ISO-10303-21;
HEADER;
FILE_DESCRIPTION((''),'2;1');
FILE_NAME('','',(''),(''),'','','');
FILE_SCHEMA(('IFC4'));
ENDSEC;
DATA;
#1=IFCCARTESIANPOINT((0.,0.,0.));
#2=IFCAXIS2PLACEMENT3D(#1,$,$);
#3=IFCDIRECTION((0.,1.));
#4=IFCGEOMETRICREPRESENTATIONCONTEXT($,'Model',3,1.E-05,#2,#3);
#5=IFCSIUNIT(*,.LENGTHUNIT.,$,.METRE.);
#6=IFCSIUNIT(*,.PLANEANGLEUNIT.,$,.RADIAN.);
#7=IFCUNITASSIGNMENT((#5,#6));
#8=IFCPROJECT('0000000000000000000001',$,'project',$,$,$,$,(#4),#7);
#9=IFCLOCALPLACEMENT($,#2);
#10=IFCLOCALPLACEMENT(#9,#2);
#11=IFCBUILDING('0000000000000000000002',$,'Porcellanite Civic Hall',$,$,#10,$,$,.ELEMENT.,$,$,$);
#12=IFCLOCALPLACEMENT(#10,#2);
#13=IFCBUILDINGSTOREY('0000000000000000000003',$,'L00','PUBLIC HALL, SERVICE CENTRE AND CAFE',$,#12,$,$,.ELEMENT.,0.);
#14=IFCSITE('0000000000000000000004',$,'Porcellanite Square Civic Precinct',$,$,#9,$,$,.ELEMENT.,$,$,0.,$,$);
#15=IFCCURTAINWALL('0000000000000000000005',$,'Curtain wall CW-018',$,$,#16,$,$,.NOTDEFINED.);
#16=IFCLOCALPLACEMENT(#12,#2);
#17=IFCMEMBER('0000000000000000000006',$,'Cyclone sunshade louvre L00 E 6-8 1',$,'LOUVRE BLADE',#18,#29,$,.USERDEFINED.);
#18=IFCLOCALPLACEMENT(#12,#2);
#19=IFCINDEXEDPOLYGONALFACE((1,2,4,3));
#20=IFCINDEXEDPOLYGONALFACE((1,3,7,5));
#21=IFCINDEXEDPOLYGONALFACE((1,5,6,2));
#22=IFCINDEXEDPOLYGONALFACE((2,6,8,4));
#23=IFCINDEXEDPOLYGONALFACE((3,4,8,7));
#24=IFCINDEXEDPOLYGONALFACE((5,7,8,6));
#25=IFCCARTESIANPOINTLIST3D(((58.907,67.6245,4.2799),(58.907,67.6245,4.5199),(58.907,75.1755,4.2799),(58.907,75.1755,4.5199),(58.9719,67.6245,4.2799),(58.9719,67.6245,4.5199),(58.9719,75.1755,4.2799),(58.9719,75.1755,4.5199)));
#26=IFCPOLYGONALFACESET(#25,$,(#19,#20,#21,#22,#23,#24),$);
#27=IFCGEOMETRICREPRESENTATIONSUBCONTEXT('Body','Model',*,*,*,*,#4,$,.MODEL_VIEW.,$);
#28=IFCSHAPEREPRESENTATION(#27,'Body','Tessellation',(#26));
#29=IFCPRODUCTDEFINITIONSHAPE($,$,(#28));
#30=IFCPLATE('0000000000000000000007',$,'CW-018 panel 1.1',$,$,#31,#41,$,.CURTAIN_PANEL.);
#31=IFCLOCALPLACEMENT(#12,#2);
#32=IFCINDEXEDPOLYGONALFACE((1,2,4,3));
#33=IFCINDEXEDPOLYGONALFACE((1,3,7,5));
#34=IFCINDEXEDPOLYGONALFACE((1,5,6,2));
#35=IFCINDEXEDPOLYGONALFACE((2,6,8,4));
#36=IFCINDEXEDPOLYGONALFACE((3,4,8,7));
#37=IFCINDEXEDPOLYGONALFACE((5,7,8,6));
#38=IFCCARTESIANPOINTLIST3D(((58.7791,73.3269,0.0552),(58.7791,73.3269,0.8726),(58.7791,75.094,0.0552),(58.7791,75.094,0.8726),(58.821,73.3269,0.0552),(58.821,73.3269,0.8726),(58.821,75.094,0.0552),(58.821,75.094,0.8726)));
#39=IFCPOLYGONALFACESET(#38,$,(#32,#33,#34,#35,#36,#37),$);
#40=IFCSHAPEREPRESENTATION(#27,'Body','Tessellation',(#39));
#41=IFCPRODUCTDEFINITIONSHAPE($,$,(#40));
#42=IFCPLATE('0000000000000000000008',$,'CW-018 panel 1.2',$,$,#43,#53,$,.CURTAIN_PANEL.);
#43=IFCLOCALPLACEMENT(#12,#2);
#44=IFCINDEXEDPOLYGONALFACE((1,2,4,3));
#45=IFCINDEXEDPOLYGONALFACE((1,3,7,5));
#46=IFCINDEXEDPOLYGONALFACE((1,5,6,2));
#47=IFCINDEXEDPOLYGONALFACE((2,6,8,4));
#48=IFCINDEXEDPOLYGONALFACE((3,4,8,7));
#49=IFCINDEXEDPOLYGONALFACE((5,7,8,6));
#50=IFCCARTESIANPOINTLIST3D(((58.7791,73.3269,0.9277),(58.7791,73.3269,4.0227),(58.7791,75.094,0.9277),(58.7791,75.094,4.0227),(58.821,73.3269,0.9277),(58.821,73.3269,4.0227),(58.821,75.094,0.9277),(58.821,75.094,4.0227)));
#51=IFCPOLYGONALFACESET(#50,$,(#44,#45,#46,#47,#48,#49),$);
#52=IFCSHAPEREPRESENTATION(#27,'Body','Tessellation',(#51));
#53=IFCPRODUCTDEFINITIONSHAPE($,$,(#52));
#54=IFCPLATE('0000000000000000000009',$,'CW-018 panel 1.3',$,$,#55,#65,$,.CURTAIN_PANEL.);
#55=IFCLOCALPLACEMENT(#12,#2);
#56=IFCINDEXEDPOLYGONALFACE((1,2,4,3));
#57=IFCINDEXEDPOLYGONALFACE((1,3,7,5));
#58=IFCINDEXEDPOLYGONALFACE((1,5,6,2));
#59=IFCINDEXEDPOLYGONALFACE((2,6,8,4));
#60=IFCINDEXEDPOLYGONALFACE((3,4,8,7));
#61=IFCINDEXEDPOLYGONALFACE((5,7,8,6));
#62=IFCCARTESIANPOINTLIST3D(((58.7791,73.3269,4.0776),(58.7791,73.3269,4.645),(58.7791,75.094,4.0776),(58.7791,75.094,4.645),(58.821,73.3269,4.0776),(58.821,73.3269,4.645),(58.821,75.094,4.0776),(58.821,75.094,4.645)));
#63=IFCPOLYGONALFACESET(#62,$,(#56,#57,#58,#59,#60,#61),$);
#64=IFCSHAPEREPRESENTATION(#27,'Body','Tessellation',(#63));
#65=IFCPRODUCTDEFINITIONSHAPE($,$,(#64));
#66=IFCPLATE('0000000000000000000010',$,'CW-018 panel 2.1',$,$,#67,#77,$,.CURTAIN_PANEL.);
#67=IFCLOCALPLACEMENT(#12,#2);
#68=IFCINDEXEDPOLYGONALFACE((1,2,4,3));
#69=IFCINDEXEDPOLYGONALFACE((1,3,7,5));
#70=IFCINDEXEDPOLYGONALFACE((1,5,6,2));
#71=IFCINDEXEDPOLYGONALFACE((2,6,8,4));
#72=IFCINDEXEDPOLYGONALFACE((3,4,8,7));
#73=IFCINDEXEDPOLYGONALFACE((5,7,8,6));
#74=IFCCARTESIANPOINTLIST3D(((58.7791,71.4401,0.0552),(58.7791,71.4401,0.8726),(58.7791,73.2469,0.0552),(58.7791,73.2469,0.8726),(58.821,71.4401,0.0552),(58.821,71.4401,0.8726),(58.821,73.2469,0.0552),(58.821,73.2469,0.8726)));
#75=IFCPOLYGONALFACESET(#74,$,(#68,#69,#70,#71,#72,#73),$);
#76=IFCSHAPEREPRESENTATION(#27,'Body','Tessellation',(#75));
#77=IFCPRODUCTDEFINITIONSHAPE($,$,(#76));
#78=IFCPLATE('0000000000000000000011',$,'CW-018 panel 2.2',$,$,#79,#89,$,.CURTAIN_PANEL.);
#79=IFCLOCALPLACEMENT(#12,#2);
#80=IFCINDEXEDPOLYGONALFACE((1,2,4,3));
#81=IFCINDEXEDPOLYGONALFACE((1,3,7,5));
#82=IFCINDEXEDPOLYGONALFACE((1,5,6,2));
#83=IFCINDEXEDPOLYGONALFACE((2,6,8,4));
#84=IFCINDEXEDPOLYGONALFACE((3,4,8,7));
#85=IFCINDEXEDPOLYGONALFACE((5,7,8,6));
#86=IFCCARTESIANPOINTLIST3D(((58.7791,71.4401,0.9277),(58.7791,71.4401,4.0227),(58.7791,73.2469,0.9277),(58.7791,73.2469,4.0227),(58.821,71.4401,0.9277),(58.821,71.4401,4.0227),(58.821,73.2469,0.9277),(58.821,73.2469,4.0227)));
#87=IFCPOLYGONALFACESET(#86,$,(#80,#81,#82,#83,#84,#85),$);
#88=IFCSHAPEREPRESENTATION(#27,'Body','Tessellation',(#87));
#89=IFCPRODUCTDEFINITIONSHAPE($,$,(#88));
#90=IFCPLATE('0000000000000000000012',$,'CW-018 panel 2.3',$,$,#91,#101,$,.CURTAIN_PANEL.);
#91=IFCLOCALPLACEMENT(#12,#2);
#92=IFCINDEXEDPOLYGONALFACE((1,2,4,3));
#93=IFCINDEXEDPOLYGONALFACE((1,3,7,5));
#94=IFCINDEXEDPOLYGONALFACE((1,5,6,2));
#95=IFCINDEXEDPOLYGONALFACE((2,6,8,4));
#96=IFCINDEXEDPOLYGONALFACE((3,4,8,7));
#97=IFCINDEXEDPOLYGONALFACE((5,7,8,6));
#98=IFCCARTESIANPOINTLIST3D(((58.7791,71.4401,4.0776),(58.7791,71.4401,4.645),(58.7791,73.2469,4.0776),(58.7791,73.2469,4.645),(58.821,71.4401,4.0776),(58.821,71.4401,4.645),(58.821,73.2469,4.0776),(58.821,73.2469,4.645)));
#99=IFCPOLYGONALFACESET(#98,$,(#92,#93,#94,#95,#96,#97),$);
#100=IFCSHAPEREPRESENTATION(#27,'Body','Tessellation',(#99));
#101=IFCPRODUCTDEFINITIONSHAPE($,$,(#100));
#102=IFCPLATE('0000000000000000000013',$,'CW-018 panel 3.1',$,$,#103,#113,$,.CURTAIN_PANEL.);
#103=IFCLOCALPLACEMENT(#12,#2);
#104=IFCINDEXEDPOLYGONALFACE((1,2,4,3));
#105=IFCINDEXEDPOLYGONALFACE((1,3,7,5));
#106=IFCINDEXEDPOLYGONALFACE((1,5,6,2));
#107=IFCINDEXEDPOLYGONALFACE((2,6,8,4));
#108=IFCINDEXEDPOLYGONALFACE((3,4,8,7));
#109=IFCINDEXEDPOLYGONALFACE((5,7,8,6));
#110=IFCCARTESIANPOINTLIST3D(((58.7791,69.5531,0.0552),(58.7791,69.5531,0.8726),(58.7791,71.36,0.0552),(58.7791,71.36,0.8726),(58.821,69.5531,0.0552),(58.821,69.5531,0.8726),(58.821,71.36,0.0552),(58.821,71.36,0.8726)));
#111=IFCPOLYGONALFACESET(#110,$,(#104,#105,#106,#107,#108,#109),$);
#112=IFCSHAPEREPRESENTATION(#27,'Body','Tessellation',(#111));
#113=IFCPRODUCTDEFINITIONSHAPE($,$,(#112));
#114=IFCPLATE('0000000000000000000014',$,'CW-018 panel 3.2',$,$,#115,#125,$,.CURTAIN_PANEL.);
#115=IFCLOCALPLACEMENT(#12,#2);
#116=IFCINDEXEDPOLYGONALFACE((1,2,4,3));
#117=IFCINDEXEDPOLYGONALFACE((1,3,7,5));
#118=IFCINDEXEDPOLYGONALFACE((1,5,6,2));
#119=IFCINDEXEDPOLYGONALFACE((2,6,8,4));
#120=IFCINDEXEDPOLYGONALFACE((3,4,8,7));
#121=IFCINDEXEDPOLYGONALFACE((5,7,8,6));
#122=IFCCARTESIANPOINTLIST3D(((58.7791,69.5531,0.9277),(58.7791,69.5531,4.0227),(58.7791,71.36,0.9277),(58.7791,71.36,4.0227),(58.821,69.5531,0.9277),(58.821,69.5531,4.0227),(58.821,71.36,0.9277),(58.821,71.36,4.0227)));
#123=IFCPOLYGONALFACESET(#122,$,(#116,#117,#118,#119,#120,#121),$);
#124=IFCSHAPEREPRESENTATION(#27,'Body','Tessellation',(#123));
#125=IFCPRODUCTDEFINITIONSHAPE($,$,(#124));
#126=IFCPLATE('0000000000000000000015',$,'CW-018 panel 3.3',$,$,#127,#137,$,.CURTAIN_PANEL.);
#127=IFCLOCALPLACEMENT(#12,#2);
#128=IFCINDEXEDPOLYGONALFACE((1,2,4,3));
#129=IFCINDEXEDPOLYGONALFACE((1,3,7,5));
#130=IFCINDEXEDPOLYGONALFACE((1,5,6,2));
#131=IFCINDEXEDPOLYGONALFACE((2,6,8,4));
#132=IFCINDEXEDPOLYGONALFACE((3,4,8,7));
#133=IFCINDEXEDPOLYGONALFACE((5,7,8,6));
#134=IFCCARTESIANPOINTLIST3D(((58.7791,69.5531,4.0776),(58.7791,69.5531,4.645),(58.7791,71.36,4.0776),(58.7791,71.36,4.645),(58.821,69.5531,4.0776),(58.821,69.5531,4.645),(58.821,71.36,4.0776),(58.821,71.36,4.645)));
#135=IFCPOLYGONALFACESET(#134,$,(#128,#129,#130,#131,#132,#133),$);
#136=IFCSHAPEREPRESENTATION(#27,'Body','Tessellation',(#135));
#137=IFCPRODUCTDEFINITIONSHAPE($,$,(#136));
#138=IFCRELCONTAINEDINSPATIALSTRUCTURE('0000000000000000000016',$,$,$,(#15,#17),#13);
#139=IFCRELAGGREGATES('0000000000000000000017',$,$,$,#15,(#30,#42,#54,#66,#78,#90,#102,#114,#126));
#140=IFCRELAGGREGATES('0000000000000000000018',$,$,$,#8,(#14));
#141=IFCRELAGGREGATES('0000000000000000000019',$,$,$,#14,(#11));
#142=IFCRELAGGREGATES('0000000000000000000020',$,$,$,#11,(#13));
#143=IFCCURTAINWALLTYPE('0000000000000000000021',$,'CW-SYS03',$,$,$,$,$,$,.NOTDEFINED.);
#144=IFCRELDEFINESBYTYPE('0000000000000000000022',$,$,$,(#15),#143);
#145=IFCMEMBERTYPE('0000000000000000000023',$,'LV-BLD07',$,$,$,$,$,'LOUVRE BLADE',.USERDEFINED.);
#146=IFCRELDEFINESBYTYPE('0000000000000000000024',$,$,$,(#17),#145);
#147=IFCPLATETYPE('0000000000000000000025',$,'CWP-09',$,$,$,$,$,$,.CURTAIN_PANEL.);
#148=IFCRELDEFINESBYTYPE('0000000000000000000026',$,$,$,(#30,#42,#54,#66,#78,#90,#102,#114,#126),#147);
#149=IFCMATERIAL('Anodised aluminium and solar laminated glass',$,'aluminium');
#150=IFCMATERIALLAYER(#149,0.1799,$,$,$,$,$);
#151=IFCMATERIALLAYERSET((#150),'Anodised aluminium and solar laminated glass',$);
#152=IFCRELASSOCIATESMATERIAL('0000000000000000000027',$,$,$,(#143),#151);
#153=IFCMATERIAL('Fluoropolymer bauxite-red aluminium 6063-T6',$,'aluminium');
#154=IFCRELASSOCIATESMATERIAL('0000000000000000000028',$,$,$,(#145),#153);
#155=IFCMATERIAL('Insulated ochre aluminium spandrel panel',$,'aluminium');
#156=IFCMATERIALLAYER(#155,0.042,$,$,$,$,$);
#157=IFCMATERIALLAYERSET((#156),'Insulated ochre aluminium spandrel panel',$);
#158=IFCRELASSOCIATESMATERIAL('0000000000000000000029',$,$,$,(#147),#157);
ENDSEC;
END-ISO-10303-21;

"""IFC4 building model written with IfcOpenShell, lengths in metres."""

from ifc_helpers import new_model, si_unit, direction, frame, origin, origin_2d, place, context, subcontext, project, spatial, rectangle, extrude, material, layer, layer_set, material_profile, profile_set, type_object, element, aggregate, save


model = new_model("IFC4")

# Units and contexts
model_context = context("Model", 3, precision=1e-05, world=origin(), true_north=direction((0.0, 1.0)))
body_context = subcontext(model_context, "Body", "Model", "MODEL_VIEW")
ifc_project = project(units=[si_unit("LENGTHUNIT", "METRE"), si_unit("PLANEANGLEUNIT", "RADIAN")], contexts=[model_context])

# Site, building, storey
site_placement = place(None, origin())
site = spatial("IfcSite", under=ifc_project, at=site_placement, Name="Porcellanite Square Civic Precinct", CompositionType="ELEMENT", RefElevation=0.0)
building_placement = place(site_placement, origin())
building = spatial("IfcBuilding", under=site, at=building_placement, Name="Porcellanite Civic Hall", CompositionType="ELEMENT")
storey_placement = place(building_placement, origin())
storey = spatial("IfcBuildingStorey", under=building, at=storey_placement, Name="L00", Description="PUBLIC HALL, SERVICE CENTRE AND CAFE", CompositionType="ELEMENT", Elevation=0.0)

# Curtain wall
ifc_material_1 = material(Name="Anodised aluminium and solar laminated glass", Category="aluminium")
ifc_layer_1 = layer(ifc_material_1, 0.1799)
ifc_layer_set_1 = layer_set([ifc_layer_1], Name="Anodised aluminium and solar laminated glass")
curtain_wall_type = type_object("IfcCurtainWallType", Name="CW-SYS03", PredefinedType="NOTDEFINED", material=ifc_layer_set_1)
curtain_wall_placement = place(storey_placement, origin())
curtain_wall = element("IfcCurtainWall", 1, at=curtain_wall_placement, inside=storey, type_object=curtain_wall_type, Name="Curtain wall CW-018", PredefinedType="NOTDEFINED")

# Member
ifc_material_2 = material(Name="Fluoropolymer bauxite-red aluminium 6063-T6", Category="aluminium")
ifc_material_profile_1 = material_profile(ifc_material_2, rectangle(XDim=0.0649, YDim=0.24, at=origin_2d()), Name="AL-65x240")
ifc_profile_set_1 = profile_set([ifc_material_profile_1], Name="Fluoropolymer bauxite-red aluminium 6063-T6")
member_type_1 = type_object("IfcMemberType", Name="LV-BLD07", ElementType="LOUVRE BLADE", PredefinedType="USERDEFINED", material=ifc_profile_set_1)
member_1_placement = place(storey_placement, frame((58.9395, 75.1755, 4.3999), z_axis=(0.0, -1.0, 0.0), x_axis=(1.0, 0.0, 0.0)))
element("IfcMember", 2, at=member_1_placement, inside=storey, type_object=member_type_1, Name="Cyclone sunshade louvre L00 E 6-8 1", ObjectType="LOUVRE BLADE", PredefinedType="USERDEFINED", context=body_context, shape_type="SweptSolid", body=[
    extrude(rectangle(XDim=0.0649, YDim=0.24, at=origin_2d()), origin(), (0.0, 0.0, 1.0), 7.551),
])

# Plates
ifc_material_3 = material(Name="Insulated ochre aluminium spandrel panel", Category="aluminium")
ifc_layer_2 = layer(ifc_material_3, 0.042)
ifc_layer_set_2 = layer_set([ifc_layer_2], Name="Insulated ochre aluminium spandrel panel")
plate_type = type_object("IfcPlateType", Name="CWP-09", PredefinedType="CURTAIN_PANEL", material=ifc_layer_set_2)
plate_1_placement = place(storey_placement, frame((58.8, 74.2104, 0.0552), z_axis=(0.0, 0.0, 1.0), x_axis=(0.0, -1.0, 0.0)))
plate_1 = element("IfcPlate", 3, at=plate_1_placement, type_object=plate_type, Name="CW-018 panel 1.1", PredefinedType="CURTAIN_PANEL", context=body_context, shape_type="SweptSolid", body=[
    extrude(rectangle(XDim=1.7671, YDim=0.042, at=origin_2d()), origin(), (0.0, 0.0, 1.0), 0.8174),
])
plate_2_placement = place(storey_placement, frame((58.8, 74.2104, 0.9277), z_axis=(0.0, 0.0, 1.0), x_axis=(0.0, -1.0, 0.0)))
plate_2 = element("IfcPlate", 4, at=plate_2_placement, type_object=plate_type, Name="CW-018 panel 1.2", PredefinedType="CURTAIN_PANEL", context=body_context, shape_type="SweptSolid", body=[
    extrude(rectangle(XDim=1.7671, YDim=0.042, at=origin_2d()), origin(), (0.0, 0.0, 1.0), 3.095),
])
plate_3_placement = place(storey_placement, frame((58.8, 74.2104, 4.0776), z_axis=(0.0, 0.0, 1.0), x_axis=(0.0, -1.0, 0.0)))
plate_3 = element("IfcPlate", 5, at=plate_3_placement, type_object=plate_type, Name="CW-018 panel 1.3", PredefinedType="CURTAIN_PANEL", context=body_context, shape_type="SweptSolid", body=[
    extrude(rectangle(XDim=1.7671, YDim=0.042, at=origin_2d()), origin(), (0.0, 0.0, 1.0), 0.5674),
])
plate_4_placement = place(storey_placement, frame((58.8, 72.3435, 0.0552), z_axis=(0.0, 0.0, 1.0), x_axis=(0.0, -1.0, 0.0)))
plate_4 = element("IfcPlate", 6, at=plate_4_placement, type_object=plate_type, Name="CW-018 panel 2.1", PredefinedType="CURTAIN_PANEL", context=body_context, shape_type="SweptSolid", body=[
    extrude(rectangle(XDim=1.8069, YDim=0.042, at=origin_2d()), origin(), (0.0, 0.0, 1.0), 0.8174),
])
plate_5_placement = place(storey_placement, frame((58.8, 72.3435, 0.9277), z_axis=(0.0, 0.0, 1.0), x_axis=(0.0, -1.0, 0.0)))
plate_5 = element("IfcPlate", 7, at=plate_5_placement, type_object=plate_type, Name="CW-018 panel 2.2", PredefinedType="CURTAIN_PANEL", context=body_context, shape_type="SweptSolid", body=[
    extrude(rectangle(XDim=1.8069, YDim=0.042, at=origin_2d()), origin(), (0.0, 0.0, 1.0), 3.095),
])
plate_6_placement = place(storey_placement, frame((58.8, 72.3435, 4.0776), z_axis=(0.0, 0.0, 1.0), x_axis=(0.0, -1.0, 0.0)))
plate_6 = element("IfcPlate", 8, at=plate_6_placement, type_object=plate_type, Name="CW-018 panel 2.3", PredefinedType="CURTAIN_PANEL", context=body_context, shape_type="SweptSolid", body=[
    extrude(rectangle(XDim=1.8069, YDim=0.042, at=origin_2d()), origin(), (0.0, 0.0, 1.0), 0.5674),
])
plate_7_placement = place(storey_placement, frame((58.8, 70.4565, 0.0552), z_axis=(0.0, 0.0, 1.0), x_axis=(0.0, -1.0, 0.0)))
plate_7 = element("IfcPlate", 9, at=plate_7_placement, type_object=plate_type, Name="CW-018 panel 3.1", PredefinedType="CURTAIN_PANEL", context=body_context, shape_type="SweptSolid", body=[
    extrude(rectangle(XDim=1.8069, YDim=0.042, at=origin_2d()), origin(), (0.0, 0.0, 1.0), 0.8174),
])
plate_8_placement = place(storey_placement, frame((58.8, 70.4565, 0.9277), z_axis=(0.0, 0.0, 1.0), x_axis=(0.0, -1.0, 0.0)))
plate_8 = element("IfcPlate", 10, at=plate_8_placement, type_object=plate_type, Name="CW-018 panel 3.2", PredefinedType="CURTAIN_PANEL", context=body_context, shape_type="SweptSolid", body=[
    extrude(rectangle(XDim=1.8069, YDim=0.042, at=origin_2d()), origin(), (0.0, 0.0, 1.0), 3.095),
])
plate_9_placement = place(storey_placement, frame((58.8, 70.4565, 4.0776), z_axis=(0.0, 0.0, 1.0), x_axis=(0.0, -1.0, 0.0)))
plate_9 = element("IfcPlate", 11, at=plate_9_placement, type_object=plate_type, Name="CW-018 panel 3.3", PredefinedType="CURTAIN_PANEL", context=body_context, shape_type="SweptSolid", body=[
    extrude(rectangle(XDim=1.8069, YDim=0.042, at=origin_2d()), origin(), (0.0, 0.0, 1.0), 0.5674),
])
aggregate(curtain_wall, [plate_1, plate_2, plate_3, plate_4, plate_5, plate_6, plate_7, plate_8, plate_9])

save(model, "model.ifc")
